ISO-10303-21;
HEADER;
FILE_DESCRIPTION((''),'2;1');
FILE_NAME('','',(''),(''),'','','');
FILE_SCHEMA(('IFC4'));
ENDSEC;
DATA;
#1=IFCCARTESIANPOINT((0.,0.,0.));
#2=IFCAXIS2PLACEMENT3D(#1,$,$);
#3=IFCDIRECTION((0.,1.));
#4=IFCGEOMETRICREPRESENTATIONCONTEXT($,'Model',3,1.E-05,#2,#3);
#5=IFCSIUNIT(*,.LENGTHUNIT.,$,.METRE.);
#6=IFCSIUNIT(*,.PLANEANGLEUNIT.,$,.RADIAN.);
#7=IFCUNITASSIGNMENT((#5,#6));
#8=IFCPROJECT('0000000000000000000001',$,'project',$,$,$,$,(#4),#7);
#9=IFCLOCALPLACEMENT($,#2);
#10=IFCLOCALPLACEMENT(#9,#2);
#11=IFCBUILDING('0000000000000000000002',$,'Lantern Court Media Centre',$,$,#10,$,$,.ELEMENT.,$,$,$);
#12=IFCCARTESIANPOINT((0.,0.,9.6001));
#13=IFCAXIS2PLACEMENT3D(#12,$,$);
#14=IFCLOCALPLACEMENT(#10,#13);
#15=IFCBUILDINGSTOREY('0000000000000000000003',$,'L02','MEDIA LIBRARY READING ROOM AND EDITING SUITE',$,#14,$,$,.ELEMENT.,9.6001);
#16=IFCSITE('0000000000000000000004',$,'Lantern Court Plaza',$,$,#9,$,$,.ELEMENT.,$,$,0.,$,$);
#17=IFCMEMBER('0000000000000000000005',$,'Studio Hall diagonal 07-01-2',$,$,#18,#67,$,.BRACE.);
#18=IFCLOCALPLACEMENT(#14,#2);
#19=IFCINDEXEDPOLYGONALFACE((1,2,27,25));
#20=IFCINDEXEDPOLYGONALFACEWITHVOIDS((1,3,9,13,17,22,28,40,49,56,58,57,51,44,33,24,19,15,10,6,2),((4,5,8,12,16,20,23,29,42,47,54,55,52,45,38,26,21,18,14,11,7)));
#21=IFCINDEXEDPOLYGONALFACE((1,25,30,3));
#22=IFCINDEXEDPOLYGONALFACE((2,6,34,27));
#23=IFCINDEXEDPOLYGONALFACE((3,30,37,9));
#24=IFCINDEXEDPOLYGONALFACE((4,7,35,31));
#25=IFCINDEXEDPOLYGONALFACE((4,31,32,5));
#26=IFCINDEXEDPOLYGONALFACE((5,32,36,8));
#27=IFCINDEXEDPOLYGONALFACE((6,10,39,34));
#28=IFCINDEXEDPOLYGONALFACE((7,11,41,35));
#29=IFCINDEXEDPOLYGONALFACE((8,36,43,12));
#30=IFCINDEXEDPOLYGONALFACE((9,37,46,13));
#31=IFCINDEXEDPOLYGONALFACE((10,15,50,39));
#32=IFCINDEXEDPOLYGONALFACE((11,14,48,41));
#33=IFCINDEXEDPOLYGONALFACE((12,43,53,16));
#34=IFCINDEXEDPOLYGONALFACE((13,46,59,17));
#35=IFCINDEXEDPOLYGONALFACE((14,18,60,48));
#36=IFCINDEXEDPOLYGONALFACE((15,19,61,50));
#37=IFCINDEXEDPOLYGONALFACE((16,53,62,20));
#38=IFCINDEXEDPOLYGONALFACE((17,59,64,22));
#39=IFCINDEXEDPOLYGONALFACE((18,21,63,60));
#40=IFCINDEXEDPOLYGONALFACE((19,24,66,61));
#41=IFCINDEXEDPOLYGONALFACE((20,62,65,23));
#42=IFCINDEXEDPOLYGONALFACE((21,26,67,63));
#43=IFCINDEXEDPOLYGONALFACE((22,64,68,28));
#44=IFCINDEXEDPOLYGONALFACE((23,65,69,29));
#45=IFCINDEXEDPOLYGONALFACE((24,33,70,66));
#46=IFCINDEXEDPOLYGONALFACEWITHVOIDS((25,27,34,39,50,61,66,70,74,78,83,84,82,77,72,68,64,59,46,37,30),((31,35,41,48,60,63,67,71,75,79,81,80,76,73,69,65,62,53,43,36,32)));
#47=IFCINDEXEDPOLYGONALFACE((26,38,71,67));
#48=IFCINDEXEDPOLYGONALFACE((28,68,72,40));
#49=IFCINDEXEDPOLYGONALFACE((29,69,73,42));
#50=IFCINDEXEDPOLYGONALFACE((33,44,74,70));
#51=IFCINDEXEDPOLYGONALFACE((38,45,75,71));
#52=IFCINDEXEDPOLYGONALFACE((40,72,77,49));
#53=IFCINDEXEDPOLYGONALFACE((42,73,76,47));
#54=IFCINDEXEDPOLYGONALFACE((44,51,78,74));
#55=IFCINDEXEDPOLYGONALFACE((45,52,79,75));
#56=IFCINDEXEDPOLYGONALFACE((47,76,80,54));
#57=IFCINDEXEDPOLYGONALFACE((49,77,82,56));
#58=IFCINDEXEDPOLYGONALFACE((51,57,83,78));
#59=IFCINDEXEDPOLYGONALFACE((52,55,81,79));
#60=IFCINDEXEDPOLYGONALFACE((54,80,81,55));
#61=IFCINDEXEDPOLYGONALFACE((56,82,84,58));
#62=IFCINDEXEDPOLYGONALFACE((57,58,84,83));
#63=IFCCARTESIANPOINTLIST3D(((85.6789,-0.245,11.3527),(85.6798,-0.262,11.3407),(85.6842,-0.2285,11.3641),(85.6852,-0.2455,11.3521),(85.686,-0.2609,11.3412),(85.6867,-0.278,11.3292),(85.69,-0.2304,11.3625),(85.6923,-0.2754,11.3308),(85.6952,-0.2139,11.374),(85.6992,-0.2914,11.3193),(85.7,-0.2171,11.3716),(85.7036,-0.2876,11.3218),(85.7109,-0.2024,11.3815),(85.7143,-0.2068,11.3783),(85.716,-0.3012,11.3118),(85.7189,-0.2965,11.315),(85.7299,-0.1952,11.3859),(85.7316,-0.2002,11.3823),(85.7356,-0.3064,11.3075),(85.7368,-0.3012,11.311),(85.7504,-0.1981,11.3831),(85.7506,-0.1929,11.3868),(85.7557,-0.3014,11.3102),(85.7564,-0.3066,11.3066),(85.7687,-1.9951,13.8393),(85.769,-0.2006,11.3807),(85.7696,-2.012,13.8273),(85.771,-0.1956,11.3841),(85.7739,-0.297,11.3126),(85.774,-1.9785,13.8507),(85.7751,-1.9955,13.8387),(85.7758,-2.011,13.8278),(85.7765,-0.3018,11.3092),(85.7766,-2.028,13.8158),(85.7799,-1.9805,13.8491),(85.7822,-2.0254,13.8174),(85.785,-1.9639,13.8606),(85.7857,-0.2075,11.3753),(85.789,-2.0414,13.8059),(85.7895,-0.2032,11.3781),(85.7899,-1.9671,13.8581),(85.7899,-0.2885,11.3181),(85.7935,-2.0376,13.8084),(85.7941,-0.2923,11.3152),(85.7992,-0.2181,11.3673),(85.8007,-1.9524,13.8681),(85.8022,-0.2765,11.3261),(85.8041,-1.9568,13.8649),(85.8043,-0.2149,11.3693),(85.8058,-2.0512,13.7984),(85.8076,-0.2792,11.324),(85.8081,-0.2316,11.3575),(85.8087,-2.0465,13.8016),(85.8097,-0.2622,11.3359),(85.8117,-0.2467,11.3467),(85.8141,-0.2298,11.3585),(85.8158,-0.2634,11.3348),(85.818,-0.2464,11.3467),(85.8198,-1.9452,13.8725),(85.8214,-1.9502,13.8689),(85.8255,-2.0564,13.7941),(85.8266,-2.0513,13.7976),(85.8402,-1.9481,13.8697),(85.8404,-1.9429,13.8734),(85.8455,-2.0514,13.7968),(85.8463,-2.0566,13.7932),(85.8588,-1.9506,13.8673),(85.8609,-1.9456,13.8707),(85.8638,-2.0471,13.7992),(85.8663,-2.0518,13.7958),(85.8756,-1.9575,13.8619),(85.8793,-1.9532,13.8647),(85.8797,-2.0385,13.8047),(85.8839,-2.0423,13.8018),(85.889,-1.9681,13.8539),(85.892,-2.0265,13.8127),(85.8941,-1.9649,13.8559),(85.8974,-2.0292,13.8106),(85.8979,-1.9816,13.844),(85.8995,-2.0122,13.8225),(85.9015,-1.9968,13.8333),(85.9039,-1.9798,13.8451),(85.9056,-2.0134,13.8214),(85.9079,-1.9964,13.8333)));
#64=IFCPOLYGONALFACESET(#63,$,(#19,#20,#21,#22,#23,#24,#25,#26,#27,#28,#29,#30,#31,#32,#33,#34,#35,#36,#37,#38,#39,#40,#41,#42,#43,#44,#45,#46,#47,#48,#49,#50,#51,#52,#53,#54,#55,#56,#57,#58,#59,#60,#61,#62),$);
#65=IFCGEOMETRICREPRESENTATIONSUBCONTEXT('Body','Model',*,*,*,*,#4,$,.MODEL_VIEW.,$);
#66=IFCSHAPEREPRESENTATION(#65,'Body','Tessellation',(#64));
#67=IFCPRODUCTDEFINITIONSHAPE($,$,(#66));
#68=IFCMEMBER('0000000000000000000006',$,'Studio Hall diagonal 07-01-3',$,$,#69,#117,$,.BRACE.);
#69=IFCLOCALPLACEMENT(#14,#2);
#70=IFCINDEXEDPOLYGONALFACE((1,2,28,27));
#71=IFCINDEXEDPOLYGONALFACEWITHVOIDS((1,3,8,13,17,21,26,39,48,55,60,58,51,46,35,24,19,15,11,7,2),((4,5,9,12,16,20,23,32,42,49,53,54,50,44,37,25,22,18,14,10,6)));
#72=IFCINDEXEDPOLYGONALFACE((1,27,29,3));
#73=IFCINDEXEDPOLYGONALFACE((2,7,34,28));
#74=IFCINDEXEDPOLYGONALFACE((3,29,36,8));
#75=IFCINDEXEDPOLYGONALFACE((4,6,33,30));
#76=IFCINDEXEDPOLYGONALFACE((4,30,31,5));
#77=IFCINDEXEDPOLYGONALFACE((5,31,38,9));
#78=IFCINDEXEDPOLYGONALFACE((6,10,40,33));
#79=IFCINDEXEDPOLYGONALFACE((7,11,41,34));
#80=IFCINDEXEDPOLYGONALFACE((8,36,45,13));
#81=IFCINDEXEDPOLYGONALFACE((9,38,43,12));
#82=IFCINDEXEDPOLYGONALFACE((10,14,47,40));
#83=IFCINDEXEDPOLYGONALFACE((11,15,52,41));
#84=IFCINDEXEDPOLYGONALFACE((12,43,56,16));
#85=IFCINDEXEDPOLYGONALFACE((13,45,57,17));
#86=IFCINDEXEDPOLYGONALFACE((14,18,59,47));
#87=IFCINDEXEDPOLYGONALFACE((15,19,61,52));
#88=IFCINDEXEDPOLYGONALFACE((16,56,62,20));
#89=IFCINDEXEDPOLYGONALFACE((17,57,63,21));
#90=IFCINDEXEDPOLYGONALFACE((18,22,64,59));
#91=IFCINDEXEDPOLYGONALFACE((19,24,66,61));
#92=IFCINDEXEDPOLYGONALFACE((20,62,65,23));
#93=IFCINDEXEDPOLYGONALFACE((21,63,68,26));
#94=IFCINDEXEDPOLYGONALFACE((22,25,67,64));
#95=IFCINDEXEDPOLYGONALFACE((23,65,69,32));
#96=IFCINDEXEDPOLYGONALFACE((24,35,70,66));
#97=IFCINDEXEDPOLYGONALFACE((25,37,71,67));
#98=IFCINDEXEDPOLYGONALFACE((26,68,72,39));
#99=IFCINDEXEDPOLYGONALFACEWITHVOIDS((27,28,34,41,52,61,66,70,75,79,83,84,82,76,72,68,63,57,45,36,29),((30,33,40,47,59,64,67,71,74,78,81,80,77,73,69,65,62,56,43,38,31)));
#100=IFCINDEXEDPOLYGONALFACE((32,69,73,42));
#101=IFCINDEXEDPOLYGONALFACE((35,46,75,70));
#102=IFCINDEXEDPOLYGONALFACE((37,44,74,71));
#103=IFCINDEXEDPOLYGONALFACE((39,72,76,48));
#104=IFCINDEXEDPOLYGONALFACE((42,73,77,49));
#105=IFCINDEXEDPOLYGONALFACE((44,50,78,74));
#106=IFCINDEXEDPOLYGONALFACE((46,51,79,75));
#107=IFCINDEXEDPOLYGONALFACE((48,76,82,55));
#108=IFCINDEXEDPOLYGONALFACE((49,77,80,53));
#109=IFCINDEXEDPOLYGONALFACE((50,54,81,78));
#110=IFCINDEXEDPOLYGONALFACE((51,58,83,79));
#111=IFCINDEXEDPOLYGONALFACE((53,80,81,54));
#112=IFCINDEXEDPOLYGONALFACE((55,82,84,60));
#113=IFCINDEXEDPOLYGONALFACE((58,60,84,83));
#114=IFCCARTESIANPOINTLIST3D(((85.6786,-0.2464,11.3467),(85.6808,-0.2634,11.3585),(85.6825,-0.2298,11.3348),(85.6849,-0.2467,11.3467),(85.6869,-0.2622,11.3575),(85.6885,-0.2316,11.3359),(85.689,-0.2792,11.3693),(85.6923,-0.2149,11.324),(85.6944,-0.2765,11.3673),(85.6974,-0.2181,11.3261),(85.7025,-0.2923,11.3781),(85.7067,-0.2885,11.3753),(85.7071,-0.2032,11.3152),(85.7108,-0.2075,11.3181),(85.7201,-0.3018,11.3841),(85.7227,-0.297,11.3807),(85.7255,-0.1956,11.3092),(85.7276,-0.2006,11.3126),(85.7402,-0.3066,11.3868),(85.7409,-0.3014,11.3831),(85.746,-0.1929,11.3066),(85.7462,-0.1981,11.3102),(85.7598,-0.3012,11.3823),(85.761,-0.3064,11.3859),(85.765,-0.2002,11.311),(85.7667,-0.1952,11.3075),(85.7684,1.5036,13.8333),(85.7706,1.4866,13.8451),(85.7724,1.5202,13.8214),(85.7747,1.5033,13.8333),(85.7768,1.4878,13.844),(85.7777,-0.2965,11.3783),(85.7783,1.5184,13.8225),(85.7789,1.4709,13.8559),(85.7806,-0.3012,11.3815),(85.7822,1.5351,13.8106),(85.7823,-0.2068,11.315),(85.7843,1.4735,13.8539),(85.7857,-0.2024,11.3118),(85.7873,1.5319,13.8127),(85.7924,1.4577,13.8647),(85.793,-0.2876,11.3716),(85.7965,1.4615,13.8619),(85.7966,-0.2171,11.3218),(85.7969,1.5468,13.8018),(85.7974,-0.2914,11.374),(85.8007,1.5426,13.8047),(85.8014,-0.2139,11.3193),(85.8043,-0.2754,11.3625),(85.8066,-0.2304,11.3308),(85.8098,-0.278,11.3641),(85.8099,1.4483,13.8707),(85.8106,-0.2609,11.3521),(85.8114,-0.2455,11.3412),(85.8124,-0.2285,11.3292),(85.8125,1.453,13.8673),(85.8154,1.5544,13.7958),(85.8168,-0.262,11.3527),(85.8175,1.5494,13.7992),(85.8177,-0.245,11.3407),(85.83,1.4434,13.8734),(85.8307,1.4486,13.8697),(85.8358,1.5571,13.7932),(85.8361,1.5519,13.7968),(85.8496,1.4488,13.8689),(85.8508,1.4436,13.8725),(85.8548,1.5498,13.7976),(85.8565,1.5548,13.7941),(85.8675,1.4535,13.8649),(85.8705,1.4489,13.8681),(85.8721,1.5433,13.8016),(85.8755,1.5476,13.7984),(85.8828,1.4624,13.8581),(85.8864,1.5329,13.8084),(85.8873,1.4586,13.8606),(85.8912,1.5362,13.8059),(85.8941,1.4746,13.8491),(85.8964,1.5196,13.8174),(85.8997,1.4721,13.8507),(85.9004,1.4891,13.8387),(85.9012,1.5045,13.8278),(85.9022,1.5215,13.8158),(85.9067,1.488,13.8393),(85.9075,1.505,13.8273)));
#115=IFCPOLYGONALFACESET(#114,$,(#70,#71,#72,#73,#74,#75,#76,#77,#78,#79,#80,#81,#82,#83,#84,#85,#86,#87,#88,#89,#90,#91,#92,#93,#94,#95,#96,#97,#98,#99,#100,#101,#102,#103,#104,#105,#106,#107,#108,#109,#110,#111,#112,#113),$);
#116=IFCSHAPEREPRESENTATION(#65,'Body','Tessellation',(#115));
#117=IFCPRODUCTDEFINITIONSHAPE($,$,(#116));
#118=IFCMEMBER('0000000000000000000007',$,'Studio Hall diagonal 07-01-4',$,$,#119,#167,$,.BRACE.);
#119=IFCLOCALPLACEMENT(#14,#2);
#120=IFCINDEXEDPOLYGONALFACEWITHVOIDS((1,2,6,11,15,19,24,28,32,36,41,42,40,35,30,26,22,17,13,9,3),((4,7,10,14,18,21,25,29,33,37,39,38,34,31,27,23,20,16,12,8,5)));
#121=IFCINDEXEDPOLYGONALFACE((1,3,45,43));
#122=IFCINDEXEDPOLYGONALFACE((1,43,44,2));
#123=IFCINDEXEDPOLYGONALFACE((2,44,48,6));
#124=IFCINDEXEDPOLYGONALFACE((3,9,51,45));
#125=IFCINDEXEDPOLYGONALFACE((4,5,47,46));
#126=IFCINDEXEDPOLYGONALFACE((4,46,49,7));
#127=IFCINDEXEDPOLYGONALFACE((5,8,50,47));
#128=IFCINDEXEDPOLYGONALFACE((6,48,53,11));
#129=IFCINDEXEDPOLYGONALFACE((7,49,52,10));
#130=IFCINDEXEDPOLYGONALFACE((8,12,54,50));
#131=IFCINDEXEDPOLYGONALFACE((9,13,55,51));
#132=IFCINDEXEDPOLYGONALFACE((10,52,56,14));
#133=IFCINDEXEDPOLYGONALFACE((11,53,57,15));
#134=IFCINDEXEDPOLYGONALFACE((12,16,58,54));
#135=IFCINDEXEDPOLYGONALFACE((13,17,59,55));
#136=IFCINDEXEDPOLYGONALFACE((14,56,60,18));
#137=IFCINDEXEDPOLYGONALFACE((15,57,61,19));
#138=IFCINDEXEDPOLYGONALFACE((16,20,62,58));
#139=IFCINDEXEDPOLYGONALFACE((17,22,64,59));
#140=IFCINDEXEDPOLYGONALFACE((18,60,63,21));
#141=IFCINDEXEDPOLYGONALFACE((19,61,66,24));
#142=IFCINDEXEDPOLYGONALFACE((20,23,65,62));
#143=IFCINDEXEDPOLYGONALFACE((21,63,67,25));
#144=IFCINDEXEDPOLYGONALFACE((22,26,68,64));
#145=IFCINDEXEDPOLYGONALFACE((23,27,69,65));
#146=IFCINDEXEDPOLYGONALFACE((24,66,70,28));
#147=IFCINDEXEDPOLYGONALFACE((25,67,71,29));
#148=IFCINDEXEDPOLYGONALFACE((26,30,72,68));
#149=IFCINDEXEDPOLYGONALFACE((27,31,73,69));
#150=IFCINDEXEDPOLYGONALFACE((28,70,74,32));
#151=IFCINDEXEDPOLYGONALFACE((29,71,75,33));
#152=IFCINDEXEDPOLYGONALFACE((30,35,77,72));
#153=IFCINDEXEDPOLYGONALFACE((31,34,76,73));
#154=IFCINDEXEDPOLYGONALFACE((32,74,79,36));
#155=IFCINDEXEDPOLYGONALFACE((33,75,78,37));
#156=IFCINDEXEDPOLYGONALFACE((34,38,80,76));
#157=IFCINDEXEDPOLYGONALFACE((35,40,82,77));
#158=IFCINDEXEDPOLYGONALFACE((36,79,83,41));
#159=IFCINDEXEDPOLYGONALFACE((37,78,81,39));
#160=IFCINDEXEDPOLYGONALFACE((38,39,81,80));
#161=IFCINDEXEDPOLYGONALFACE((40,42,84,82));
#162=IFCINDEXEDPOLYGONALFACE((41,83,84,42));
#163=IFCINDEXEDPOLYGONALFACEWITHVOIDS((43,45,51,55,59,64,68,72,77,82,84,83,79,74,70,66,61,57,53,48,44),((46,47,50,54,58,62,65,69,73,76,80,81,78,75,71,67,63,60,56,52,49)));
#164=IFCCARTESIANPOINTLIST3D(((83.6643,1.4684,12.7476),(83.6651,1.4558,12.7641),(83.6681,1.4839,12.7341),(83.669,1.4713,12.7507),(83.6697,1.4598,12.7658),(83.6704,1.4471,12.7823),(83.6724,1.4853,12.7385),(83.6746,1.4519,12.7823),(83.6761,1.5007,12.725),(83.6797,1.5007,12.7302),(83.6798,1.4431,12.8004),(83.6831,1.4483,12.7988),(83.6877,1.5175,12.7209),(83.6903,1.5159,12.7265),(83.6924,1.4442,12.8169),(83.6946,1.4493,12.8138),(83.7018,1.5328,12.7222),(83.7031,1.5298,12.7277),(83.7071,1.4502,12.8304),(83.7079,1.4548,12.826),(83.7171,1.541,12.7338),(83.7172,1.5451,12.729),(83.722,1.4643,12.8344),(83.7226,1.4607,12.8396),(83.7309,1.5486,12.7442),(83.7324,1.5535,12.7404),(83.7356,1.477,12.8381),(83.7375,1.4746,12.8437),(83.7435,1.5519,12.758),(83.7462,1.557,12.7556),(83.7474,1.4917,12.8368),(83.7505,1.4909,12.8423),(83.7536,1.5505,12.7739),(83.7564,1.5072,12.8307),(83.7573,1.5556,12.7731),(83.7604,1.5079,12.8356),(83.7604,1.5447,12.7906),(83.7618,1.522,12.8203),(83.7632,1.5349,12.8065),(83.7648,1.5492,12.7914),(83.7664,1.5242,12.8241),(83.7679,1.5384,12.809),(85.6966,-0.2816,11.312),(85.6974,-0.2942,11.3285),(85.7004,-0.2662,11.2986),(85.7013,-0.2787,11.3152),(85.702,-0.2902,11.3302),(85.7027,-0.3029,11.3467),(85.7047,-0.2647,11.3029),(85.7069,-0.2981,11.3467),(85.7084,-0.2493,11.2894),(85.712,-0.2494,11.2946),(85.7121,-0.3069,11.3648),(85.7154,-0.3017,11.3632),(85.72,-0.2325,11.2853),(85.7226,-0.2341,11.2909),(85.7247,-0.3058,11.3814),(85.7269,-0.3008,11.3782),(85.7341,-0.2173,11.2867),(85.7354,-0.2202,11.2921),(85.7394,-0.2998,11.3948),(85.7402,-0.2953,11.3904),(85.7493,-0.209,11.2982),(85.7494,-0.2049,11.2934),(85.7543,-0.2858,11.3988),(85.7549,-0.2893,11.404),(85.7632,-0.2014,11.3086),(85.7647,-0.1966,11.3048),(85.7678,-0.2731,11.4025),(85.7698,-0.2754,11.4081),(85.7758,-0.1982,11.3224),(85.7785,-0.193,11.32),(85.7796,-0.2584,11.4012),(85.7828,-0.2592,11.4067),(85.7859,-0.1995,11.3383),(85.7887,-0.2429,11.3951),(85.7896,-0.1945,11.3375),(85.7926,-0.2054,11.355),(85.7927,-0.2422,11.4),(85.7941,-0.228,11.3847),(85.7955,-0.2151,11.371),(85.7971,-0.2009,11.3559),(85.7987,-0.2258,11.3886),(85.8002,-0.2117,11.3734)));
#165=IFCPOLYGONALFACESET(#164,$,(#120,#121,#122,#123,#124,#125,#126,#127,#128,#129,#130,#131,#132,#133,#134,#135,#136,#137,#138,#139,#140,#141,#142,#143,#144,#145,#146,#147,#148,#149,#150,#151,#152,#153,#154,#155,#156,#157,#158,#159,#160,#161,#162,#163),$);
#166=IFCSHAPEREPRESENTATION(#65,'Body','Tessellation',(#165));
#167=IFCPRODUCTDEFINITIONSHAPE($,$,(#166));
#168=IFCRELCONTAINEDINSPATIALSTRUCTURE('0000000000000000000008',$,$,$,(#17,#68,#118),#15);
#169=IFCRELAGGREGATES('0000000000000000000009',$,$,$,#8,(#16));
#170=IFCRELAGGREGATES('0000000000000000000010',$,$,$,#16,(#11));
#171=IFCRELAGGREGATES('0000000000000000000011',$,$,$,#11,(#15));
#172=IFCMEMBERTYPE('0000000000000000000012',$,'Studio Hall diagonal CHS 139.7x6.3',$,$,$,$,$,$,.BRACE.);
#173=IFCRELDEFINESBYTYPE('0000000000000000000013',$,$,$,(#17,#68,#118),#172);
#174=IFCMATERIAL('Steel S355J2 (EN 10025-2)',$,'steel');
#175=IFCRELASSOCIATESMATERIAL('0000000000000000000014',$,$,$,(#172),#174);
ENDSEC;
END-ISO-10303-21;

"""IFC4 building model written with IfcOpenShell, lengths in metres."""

from ifc_helpers import new_model, si_unit, direction, frame, origin, origin_2d, place, context, subcontext, project, spatial, hollow_circle, extrude, material, material_profile, profile_set, type_object, element, save


model = new_model("IFC4")

# Units and contexts
model_context = context("Model", 3, precision=1e-05, world=origin(), true_north=direction((0.0, 1.0)))
body_context = subcontext(model_context, "Body", "Model", "MODEL_VIEW")
ifc_project = project(units=[si_unit("LENGTHUNIT", "METRE"), si_unit("PLANEANGLEUNIT", "RADIAN")], contexts=[model_context])

# Site, building, storey
site_placement = place(None, origin())
site = spatial("IfcSite", under=ifc_project, at=site_placement, Name="Lantern Court Plaza", CompositionType="ELEMENT", RefElevation=0.0)
building_placement = place(site_placement, origin())
building = spatial("IfcBuilding", under=site, at=building_placement, Name="Lantern Court Media Centre", CompositionType="ELEMENT")
storey_placement = place(building_placement, frame((0.0, 0.0, 9.6001)))
storey = spatial("IfcBuildingStorey", under=building, at=storey_placement, Name="L02", Description="MEDIA LIBRARY READING ROOM AND EDITING SUITE", CompositionType="ELEMENT", Elevation=9.6001)

# Members
ifc_material = material(Name="Steel S355J2 (EN 10025-2)", Category="steel")
ifc_material_profile_1 = material_profile(ifc_material, hollow_circle(Radius=0.0698, WallThickness=0.0063, at=origin_2d()), Name="Studio Hall diagonal CHS 139.7x6.3")
ifc_profile_set_1 = profile_set([ifc_material_profile_1], Name="Steel S355J2 (EN 10025-2)")
member_type_1 = type_object("IfcMemberType", Name="Studio Hall diagonal CHS 139.7x6.3", PredefinedType="BRACE", material=ifc_profile_set_1)
for number, where, z_axis, x_axis, name in (
    (1, (85.7483, -0.25, 11.3467), (0.029535, -0.575284, 0.81742), (0.998685, 0.051272, 0.0), "Studio Hall diagonal 07-01-2"),
    (2, (85.7483, -0.25, 11.3467), (0.029535, 0.575284, 0.81742), (-0.998685, 0.051272, 0.0), "Studio Hall diagonal 07-01-3"),
    (3, (85.7483, -0.25, 11.3467), (-0.668075, 0.575296, 0.471922), (-0.652529, -0.757764, 0.0), "Studio Hall diagonal 07-01-4"),
):
    element("IfcMember", number, at=place(storey_placement, frame(where, z_axis=z_axis, x_axis=x_axis)), inside=storey, type_object=member_type_1, Name=name, PredefinedType="BRACE", context=body_context, shape_type="SweptSolid", body=[
        extrude(hollow_circle(Radius=0.0698, WallThickness=0.0063, at=origin_2d()), origin(), (0.0, 0.0, 1.0), 3.042),
    ])

save(model, "model.ifc")
